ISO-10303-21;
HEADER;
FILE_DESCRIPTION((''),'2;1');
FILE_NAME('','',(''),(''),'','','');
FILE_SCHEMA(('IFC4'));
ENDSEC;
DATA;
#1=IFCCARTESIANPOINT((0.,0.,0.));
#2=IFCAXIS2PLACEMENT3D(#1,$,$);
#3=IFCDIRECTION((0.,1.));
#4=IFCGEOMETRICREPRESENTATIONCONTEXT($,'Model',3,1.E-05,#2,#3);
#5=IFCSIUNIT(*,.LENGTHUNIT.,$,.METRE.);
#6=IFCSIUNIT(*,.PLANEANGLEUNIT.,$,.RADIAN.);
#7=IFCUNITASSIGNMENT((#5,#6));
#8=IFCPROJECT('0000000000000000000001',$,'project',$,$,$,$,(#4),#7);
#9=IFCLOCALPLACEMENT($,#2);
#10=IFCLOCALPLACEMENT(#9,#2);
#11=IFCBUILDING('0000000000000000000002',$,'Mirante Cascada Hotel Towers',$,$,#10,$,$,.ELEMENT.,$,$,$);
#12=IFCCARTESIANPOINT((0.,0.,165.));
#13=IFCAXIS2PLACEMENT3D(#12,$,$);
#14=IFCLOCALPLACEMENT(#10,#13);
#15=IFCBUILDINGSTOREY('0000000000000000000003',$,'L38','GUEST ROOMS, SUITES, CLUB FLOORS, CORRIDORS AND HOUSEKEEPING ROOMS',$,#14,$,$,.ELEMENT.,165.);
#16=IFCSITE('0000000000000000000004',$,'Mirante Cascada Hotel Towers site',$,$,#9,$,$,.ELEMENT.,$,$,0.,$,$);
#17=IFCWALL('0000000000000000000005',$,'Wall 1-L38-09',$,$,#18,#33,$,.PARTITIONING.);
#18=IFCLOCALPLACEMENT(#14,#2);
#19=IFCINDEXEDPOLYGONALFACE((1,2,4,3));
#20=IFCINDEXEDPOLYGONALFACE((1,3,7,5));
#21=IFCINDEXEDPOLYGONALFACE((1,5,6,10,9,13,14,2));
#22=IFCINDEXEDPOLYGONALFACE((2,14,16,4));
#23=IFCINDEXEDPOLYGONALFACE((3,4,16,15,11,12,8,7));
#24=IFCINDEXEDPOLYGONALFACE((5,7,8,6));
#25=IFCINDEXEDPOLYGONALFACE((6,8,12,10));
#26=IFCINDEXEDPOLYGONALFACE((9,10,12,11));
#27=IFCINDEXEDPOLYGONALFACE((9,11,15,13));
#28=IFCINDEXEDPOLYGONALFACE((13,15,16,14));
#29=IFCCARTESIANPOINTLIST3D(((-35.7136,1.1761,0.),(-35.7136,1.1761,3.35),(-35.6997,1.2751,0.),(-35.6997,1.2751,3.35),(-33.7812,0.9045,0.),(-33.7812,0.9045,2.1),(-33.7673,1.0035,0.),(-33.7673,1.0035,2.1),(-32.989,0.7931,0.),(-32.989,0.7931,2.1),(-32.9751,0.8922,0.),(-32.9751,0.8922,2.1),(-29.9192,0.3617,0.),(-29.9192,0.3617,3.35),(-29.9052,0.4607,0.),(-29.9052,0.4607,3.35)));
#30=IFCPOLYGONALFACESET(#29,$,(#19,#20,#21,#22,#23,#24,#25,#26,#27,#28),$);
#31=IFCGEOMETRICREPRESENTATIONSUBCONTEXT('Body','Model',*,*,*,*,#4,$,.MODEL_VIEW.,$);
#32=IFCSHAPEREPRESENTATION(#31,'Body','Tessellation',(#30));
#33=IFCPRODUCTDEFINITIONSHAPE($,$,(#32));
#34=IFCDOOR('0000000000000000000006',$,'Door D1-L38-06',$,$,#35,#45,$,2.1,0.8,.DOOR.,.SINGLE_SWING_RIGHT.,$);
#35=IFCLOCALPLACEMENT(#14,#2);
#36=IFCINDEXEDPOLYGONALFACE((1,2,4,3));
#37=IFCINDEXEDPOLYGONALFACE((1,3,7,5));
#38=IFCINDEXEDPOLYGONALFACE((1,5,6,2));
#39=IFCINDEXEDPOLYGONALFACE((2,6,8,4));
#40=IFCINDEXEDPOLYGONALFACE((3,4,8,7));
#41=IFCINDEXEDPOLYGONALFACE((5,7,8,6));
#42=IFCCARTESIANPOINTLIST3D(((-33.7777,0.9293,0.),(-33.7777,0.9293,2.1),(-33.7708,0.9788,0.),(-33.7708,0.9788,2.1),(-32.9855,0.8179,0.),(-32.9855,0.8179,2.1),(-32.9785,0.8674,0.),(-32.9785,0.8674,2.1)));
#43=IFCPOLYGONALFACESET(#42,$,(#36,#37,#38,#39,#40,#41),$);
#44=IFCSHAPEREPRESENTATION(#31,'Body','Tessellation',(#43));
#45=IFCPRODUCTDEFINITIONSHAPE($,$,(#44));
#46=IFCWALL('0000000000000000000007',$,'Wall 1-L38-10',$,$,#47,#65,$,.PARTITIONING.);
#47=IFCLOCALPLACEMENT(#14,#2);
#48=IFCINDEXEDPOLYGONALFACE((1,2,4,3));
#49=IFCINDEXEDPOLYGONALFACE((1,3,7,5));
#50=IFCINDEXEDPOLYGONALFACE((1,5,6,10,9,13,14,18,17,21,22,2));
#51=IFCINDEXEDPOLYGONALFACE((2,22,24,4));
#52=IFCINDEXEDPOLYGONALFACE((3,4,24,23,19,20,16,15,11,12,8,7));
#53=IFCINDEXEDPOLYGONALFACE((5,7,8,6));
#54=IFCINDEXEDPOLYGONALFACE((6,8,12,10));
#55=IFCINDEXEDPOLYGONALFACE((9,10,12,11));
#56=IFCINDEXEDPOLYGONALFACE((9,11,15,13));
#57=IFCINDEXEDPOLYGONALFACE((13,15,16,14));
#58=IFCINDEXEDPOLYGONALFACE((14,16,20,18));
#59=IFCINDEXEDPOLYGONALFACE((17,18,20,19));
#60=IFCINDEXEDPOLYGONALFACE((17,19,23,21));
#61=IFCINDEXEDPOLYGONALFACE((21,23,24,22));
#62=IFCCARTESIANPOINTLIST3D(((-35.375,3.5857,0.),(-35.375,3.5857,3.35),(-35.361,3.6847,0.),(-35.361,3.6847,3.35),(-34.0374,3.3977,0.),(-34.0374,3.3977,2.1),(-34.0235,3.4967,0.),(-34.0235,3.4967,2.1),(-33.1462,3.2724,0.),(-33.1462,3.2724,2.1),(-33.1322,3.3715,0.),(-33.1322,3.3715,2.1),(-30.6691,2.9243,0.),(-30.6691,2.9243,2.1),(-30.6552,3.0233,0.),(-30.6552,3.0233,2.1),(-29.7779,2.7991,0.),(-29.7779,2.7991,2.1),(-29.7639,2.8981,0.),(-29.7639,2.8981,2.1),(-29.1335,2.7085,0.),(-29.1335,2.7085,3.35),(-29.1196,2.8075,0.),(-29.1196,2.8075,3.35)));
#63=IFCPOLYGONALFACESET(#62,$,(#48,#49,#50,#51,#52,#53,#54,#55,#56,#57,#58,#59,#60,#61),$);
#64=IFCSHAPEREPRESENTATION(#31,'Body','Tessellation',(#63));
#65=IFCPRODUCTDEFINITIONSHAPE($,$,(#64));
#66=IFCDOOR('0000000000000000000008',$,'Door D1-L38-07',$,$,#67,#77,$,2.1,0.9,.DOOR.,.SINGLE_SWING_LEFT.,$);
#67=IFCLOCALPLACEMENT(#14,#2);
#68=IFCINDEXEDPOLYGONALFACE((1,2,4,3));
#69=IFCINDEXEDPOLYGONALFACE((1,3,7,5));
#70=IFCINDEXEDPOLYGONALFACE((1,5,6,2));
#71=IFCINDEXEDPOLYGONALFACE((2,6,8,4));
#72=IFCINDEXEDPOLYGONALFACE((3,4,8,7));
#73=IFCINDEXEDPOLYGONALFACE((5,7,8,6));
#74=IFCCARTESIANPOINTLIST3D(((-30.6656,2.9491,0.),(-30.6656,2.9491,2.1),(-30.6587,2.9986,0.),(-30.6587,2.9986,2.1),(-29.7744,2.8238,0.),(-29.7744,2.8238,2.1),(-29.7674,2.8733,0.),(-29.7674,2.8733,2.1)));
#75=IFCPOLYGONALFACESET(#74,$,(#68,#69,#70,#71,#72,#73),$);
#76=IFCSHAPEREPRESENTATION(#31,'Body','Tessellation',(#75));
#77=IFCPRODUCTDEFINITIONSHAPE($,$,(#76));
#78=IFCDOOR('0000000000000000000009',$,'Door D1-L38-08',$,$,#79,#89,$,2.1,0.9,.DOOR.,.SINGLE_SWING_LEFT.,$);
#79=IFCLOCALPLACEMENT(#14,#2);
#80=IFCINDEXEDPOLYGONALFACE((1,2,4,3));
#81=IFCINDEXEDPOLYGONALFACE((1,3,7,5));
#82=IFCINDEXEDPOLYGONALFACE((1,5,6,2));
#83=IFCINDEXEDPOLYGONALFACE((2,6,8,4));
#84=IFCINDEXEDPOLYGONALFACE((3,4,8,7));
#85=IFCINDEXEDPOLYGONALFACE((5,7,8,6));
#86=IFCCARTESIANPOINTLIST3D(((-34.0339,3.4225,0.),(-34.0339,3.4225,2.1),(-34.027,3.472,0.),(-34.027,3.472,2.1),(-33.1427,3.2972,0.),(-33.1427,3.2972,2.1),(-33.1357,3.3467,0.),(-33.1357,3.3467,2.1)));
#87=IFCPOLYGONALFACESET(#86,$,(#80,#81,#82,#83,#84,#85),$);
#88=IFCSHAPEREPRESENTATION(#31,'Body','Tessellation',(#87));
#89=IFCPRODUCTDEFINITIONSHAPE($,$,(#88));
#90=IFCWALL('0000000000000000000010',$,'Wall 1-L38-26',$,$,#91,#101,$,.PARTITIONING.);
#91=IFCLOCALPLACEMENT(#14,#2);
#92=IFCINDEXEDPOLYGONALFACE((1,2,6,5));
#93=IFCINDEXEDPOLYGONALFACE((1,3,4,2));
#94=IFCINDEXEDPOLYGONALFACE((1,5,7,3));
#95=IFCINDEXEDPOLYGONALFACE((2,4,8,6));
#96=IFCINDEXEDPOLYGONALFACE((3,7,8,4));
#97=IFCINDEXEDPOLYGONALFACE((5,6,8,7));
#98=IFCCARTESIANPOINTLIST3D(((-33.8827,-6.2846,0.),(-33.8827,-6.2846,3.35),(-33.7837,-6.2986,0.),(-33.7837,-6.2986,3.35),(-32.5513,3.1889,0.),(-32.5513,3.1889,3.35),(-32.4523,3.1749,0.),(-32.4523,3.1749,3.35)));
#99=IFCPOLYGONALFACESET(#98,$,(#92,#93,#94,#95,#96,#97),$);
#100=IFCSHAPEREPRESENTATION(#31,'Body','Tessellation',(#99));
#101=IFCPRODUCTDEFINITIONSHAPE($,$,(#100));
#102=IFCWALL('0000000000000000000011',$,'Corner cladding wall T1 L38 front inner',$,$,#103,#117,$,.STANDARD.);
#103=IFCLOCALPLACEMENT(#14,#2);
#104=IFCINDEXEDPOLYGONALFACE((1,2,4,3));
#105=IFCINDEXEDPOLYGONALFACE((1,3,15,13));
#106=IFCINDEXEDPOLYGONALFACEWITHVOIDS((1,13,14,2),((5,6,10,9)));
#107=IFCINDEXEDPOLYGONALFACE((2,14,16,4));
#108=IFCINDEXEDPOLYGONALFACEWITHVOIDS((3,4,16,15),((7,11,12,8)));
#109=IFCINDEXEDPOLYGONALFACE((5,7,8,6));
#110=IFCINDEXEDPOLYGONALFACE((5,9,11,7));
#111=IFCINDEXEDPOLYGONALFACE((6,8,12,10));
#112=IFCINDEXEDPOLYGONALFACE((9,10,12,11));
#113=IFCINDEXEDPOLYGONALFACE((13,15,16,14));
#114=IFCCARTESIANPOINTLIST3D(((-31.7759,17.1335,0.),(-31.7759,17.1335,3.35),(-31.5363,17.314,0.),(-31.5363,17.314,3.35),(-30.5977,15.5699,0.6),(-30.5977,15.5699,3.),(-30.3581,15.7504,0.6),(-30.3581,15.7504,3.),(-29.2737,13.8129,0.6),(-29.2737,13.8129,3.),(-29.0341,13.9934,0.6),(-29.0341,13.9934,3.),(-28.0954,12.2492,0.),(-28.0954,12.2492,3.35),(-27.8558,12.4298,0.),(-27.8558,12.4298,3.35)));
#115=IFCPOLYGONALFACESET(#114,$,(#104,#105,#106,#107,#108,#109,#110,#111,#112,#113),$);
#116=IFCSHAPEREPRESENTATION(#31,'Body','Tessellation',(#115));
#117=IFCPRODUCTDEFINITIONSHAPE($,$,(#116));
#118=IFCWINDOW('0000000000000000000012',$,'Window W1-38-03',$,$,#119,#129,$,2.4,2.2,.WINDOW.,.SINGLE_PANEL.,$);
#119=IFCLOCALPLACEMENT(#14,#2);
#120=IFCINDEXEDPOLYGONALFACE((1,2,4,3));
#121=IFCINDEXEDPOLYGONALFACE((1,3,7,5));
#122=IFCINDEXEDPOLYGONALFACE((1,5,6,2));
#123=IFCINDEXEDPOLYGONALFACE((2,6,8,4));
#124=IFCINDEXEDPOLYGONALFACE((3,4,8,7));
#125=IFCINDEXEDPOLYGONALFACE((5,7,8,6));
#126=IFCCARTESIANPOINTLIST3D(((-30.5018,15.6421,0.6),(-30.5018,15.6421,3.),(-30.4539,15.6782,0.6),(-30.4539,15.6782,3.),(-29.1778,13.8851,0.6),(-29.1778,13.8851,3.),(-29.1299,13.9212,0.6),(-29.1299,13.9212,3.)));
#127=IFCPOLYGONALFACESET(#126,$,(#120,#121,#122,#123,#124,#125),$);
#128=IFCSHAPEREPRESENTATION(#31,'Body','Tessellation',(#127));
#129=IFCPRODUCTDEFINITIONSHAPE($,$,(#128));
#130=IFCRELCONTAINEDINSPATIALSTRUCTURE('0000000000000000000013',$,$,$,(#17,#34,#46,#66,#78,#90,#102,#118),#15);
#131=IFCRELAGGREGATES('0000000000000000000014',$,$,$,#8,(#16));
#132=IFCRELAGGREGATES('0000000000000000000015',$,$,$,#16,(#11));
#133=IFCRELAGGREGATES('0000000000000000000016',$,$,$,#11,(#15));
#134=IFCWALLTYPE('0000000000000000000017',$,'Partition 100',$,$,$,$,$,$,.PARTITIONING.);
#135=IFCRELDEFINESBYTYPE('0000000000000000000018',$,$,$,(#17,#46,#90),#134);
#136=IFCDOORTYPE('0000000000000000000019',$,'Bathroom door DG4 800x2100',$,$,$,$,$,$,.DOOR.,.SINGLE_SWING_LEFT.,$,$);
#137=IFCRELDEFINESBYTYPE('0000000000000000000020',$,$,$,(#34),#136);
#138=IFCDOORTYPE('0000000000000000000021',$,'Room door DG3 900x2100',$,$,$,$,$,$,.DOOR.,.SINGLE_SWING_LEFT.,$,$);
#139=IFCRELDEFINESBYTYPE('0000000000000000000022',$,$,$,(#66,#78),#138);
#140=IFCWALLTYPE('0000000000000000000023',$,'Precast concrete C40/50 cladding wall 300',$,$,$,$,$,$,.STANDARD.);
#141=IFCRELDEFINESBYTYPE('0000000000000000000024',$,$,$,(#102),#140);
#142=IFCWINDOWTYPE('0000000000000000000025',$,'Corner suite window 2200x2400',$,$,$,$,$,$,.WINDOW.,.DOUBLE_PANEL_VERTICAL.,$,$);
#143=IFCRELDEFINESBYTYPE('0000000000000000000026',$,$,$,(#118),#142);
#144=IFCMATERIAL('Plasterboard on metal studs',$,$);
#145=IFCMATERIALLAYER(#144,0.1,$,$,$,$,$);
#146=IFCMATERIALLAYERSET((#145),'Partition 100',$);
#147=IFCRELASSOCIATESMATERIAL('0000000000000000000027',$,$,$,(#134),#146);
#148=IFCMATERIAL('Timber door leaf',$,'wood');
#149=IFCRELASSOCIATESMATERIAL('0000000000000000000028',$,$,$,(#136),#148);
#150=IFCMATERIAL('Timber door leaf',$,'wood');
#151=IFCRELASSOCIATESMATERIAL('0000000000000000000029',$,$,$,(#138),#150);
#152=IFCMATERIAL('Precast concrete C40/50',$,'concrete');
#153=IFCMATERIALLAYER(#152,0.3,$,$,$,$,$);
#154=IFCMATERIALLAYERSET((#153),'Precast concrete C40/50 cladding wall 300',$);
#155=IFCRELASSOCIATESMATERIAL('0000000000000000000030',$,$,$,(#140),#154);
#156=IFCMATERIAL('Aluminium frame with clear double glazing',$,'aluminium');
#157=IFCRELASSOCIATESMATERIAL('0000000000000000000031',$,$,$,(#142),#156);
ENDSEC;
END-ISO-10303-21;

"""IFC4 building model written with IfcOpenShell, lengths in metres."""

from ifc_helpers import new_model, si_unit, direction, frame, frame_2d, origin, place, context, subcontext, project, spatial, rectangle, extrude, material, layer, layer_set, type_object, element, fill, save


model = new_model("IFC4")

# Units and contexts
model_context = context("Model", 3, precision=1e-05, world=origin(), true_north=direction((0.0, 1.0)))
body_context = subcontext(model_context, "Body", "Model", "MODEL_VIEW")
ifc_project = project(units=[si_unit("LENGTHUNIT", "METRE"), si_unit("PLANEANGLEUNIT", "RADIAN")], contexts=[model_context])

# Site, building, storey
site_placement = place(None, origin())
site = spatial("IfcSite", under=ifc_project, at=site_placement, Name="Mirante Cascada Hotel Towers site", CompositionType="ELEMENT", RefElevation=0.0)
building_placement = place(site_placement, origin())
building = spatial("IfcBuilding", under=site, at=building_placement, Name="Mirante Cascada Hotel Towers", CompositionType="ELEMENT")
storey_placement = place(building_placement, frame((0.0, 0.0, 165.0)))
storey = spatial("IfcBuildingStorey", under=building, at=storey_placement, Name="L38", Description="GUEST ROOMS, SUITES, CLUB FLOORS, CORRIDORS AND HOUSEKEEPING ROOMS", CompositionType="ELEMENT", Elevation=165.0)

# Wall, opening, door
ifc_material_1 = material(Name="Plasterboard on metal studs")
ifc_layer_1 = layer(ifc_material_1, 0.1)
ifc_layer_set_1 = layer_set([ifc_layer_1], Name="Partition 100")
wall_type_1 = type_object("IfcWallType", Name="Partition 100", PredefinedType="PARTITIONING", material=ifc_layer_set_1)
wall_1_placement = place(storey_placement, frame((-29.9122, 0.4112, 0.0), z_axis=(0.0, 0.0, 1.0), x_axis=(-0.990267, 0.139182, 0.0)))
wall_1 = element("IfcWall", 1, at=wall_1_placement, inside=storey, type_object=wall_type_1, Name="Wall 1-L38-09", PredefinedType="PARTITIONING", context=body_context, shape_type="SweptSolid", body=[
    extrude(rectangle(XDim=5.8514, YDim=0.1, at=frame_2d((2.9257, 0.0))), origin(), (0.0, 0.0, 1.0), 3.35),
])
opening_1_placement = place(wall_1_placement, frame((3.1, 0.0, 0.0)))
opening_1 = element("IfcOpeningElement", 2, at=opening_1_placement, cuts=wall_1, PredefinedType="OPENING", context=body_context, shape_type="SweptSolid", body=[
    extrude(rectangle(XDim=0.8, YDim=2.1, at=frame_2d((0.4, 1.05))), frame((0.0, 0.05, 0.0), z_axis=(0.0, -1.0, 0.0), x_axis=(1.0, 0.0, 0.0)), (0.0, 0.0, 1.0), 0.1),
])
ifc_material_2 = material(Name="Timber door leaf", Category="wood")
door_type_1 = type_object("IfcDoorType", Name="Bathroom door DG4 800x2100", OperationType="SINGLE_SWING_LEFT", PredefinedType="DOOR", material=ifc_material_2)
door_1_placement = place(opening_1_placement, frame((0.8, 0.0, 0.0), z_axis=(0.0, 0.0, 1.0), x_axis=(-1.0, 0.0, 0.0)))
door_1 = element("IfcDoor", 3, at=door_1_placement, inside=storey, type_object=door_type_1, Name="Door D1-L38-06", OperationType="SINGLE_SWING_RIGHT", OverallHeight=2.1, OverallWidth=0.8, PredefinedType="DOOR", context=body_context, shape_type="SweptSolid", body=[
    extrude(rectangle(XDim=0.8, YDim=2.1, at=frame_2d((0.4, 1.05))), frame((0.0, 0.025, 0.0), z_axis=(0.0, -1.0, 0.0), x_axis=(1.0, 0.0, 0.0)), (0.0, 0.0, 1.0), 0.05),
])
fill(opening_1, door_1)

# Wall, openings, doors
wall_2_placement = place(storey_placement, frame((-35.368, 3.6352, 0.0), z_axis=(0.0, 0.0, 1.0), x_axis=(0.990268, -0.139175, 0.0)))
wall_2 = element("IfcWall", 4, at=wall_2_placement, inside=storey, type_object=wall_type_1, Name="Wall 1-L38-10", PredefinedType="PARTITIONING", context=body_context, shape_type="SweptSolid", body=[
    extrude(rectangle(XDim=6.3028, YDim=0.1, at=frame_2d((3.1514, 0.0))), origin(), (0.0, 0.0, 1.0), 3.35),
])
opening_2_placement = place(wall_2_placement, frame((4.7521, 0.0, 0.0)))
opening_2 = element("IfcOpeningElement", 5, at=opening_2_placement, cuts=wall_2, PredefinedType="OPENING", context=body_context, shape_type="SweptSolid", body=[
    extrude(rectangle(XDim=0.9, YDim=2.1, at=frame_2d((0.45, 1.05))), frame((0.0, 0.05, 0.0), z_axis=(0.0, -1.0, 0.0), x_axis=(1.0, 0.0, 0.0)), (0.0, 0.0, 1.0), 0.1),
])
opening_3_placement = place(wall_2_placement, frame((1.3507, 0.0, 0.0)))
opening_3 = element("IfcOpeningElement", 6, at=opening_3_placement, cuts=wall_2, PredefinedType="OPENING", context=body_context, shape_type="SweptSolid", body=[
    extrude(rectangle(XDim=0.9, YDim=2.1, at=frame_2d((0.45, 1.05))), frame((0.0, 0.05, 0.0), z_axis=(0.0, -1.0, 0.0), x_axis=(1.0, 0.0, 0.0)), (0.0, 0.0, 1.0), 0.1),
])
ifc_material_3 = material(Name="Timber door leaf", Category="wood")
door_type_2 = type_object("IfcDoorType", Name="Room door DG3 900x2100", OperationType="SINGLE_SWING_LEFT", PredefinedType="DOOR", material=ifc_material_3)
door_2_placement = place(opening_2_placement, origin())
door_2 = element("IfcDoor", 7, at=door_2_placement, inside=storey, type_object=door_type_2, Name="Door D1-L38-07", OperationType="SINGLE_SWING_LEFT", OverallHeight=2.1, OverallWidth=0.9, PredefinedType="DOOR", context=body_context, shape_type="SweptSolid", body=[
    extrude(rectangle(XDim=0.9, YDim=2.1, at=frame_2d((0.45, 1.05))), frame((0.0, 0.025, 0.0), z_axis=(0.0, -1.0, 0.0), x_axis=(1.0, 0.0, 0.0)), (0.0, 0.0, 1.0), 0.05),
])
fill(opening_2, door_2)
door_3_placement = place(opening_3_placement, origin())
door_3 = element("IfcDoor", 8, at=door_3_placement, inside=storey, type_object=door_type_2, Name="Door D1-L38-08", OperationType="SINGLE_SWING_LEFT", OverallHeight=2.1, OverallWidth=0.9, PredefinedType="DOOR", context=body_context, shape_type="SweptSolid", body=[
    extrude(rectangle(XDim=0.9, YDim=2.1, at=frame_2d((0.45, 1.05))), frame((0.0, 0.025, 0.0), z_axis=(0.0, -1.0, 0.0), x_axis=(1.0, 0.0, 0.0)), (0.0, 0.0, 1.0), 0.05),
])
fill(opening_3, door_3)

# Wall
wall_3_placement = place(storey_placement, frame((-32.5018, 3.1819, 0.0), z_axis=(0.0, 0.0, 1.0), x_axis=(-0.139172, -0.990268, 0.0)))
element("IfcWall", 9, at=wall_3_placement, inside=storey, type_object=wall_type_1, Name="Wall 1-L38-26", PredefinedType="PARTITIONING", context=body_context, shape_type="SweptSolid", body=[
    extrude(rectangle(XDim=9.5666, YDim=0.1, at=frame_2d((4.7833, 0.0))), origin(), (0.0, 0.0, 1.0), 3.35),
])

# Wall, opening, window
ifc_material_4 = material(Name="Precast concrete C40/50", Category="concrete")
ifc_layer_2 = layer(ifc_material_4, 0.3)
ifc_layer_set_2 = layer_set([ifc_layer_2], Name="Precast concrete C40/50 cladding wall 300")
wall_type_2 = type_object("IfcWallType", Name="Precast concrete C40/50 cladding wall 300", PredefinedType="STANDARD", material=ifc_layer_set_2)
wall_4_placement = place(storey_placement, frame((-31.6561, 17.2237, 0.0), z_axis=(0.0, 0.0, 1.0), x_axis=(0.601814, -0.798636, 0.0)))
wall_4 = element("IfcWall", 10, at=wall_4_placement, inside=storey, type_object=wall_type_2, Name="Corner cladding wall T1 L38 front inner", PredefinedType="STANDARD", context=body_context, shape_type="SweptSolid", body=[
    extrude(rectangle(XDim=6.1157, YDim=0.3, at=frame_2d((3.0578, 0.0))), origin(), (0.0, 0.0, 1.0), 3.35),
])
opening_4_placement = place(wall_4_placement, frame((1.9578, 0.0, 0.6)))
opening_4 = element("IfcOpeningElement", 11, at=opening_4_placement, cuts=wall_4, PredefinedType="OPENING", context=body_context, shape_type="SweptSolid", body=[
    extrude(rectangle(XDim=2.2, YDim=2.4, at=frame_2d((1.1, 1.2))), frame((0.0, 0.15, 0.0), z_axis=(0.0, -1.0, 0.0), x_axis=(1.0, 0.0, 0.0)), (0.0, 0.0, 1.0), 0.3),
])
ifc_material_5 = material(Name="Aluminium frame with clear double glazing", Category="aluminium")
window_type = type_object("IfcWindowType", Name="Corner suite window 2200x2400", PartitioningType="DOUBLE_PANEL_VERTICAL", PredefinedType="WINDOW", material=ifc_material_5)
window_placement = place(opening_4_placement, origin())
window = element("IfcWindow", 12, at=window_placement, inside=storey, type_object=window_type, Name="Window W1-38-03", OverallHeight=2.4, OverallWidth=2.2, PartitioningType="SINGLE_PANEL", PredefinedType="WINDOW", context=body_context, shape_type="SweptSolid", body=[
    extrude(rectangle(XDim=2.2, YDim=2.4, at=frame_2d((1.1, 1.2))), frame((0.0, 0.03, 0.0), z_axis=(0.0, -1.0, 0.0), x_axis=(1.0, 0.0, 0.0)), (0.0, 0.0, 1.0), 0.06),
])
fill(opening_4, window)

save(model, "model.ifc")
